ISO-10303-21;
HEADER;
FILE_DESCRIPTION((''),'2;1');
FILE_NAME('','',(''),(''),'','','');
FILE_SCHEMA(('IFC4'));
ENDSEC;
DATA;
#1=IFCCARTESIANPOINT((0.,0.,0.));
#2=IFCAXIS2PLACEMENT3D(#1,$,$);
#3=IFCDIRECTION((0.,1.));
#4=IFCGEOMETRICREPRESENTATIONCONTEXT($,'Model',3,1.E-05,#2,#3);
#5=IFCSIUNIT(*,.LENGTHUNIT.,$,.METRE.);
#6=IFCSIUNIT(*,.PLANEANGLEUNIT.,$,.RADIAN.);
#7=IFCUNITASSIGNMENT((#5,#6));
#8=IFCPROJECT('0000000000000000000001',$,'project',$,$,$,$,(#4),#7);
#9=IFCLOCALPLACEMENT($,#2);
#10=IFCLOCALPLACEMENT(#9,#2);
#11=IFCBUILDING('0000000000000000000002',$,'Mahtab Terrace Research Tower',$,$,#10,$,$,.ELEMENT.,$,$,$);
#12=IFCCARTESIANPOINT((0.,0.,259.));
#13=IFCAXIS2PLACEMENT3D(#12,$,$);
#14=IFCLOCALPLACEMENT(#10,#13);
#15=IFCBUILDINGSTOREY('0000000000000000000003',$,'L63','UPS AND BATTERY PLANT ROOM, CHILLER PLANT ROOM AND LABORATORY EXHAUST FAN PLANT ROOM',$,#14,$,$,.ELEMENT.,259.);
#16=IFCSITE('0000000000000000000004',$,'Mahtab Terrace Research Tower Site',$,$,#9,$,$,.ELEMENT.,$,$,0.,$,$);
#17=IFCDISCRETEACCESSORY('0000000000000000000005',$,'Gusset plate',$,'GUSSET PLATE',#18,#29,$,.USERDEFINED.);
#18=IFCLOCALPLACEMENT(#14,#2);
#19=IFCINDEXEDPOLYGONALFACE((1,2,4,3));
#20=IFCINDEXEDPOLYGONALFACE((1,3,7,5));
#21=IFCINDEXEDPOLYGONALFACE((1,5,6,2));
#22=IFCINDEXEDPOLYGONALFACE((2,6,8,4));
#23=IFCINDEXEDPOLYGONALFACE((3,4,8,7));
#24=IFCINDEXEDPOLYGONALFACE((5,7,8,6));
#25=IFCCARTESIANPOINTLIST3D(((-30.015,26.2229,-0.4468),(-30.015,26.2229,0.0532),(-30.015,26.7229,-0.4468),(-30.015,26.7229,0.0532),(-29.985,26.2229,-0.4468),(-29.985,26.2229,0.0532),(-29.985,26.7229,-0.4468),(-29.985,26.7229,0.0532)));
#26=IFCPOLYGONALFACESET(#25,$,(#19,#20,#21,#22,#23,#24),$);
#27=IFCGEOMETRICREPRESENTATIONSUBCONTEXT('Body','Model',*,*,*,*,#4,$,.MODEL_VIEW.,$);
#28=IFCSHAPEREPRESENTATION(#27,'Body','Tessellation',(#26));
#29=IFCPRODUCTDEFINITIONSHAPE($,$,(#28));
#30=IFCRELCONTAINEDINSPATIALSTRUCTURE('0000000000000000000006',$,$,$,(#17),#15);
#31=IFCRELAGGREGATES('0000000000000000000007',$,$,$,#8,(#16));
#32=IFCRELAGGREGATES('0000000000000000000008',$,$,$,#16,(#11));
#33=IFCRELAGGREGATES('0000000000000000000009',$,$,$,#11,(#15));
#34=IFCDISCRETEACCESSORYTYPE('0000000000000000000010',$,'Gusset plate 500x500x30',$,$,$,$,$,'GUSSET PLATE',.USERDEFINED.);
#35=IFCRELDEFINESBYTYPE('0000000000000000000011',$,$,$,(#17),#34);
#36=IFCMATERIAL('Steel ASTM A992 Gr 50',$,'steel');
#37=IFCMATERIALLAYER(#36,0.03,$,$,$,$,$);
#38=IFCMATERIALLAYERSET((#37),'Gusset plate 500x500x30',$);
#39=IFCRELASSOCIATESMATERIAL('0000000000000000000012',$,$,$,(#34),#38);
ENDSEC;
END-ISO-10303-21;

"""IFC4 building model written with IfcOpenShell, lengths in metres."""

from ifc_helpers import new_model, si_unit, direction, frame, origin, origin_2d, place, context, subcontext, project, spatial, rectangle, extrude, material, layer, layer_set, type_object, element, save


model = new_model("IFC4")

# Units and contexts
model_context = context("Model", 3, precision=1e-05, world=origin(), true_north=direction((0.0, 1.0)))
body_context = subcontext(model_context, "Body", "Model", "MODEL_VIEW")
ifc_project = project(units=[si_unit("LENGTHUNIT", "METRE"), si_unit("PLANEANGLEUNIT", "RADIAN")], contexts=[model_context])

# Site, building, storey
site_placement = place(None, origin())
site = spatial("IfcSite", under=ifc_project, at=site_placement, Name="Mahtab Terrace Research Tower Site", CompositionType="ELEMENT", RefElevation=0.0)
building_placement = place(site_placement, origin())
building = spatial("IfcBuilding", under=site, at=building_placement, Name="Mahtab Terrace Research Tower", CompositionType="ELEMENT")
storey_placement = place(building_placement, frame((0.0, 0.0, 259.0)))
storey = spatial("IfcBuildingStorey", under=building, at=storey_placement, Name="L63", Description="UPS AND BATTERY PLANT ROOM, CHILLER PLANT ROOM AND LABORATORY EXHAUST FAN PLANT ROOM", CompositionType="ELEMENT", Elevation=259.0)

# Shared definitions
ifc_material_1 = material(Name="Steel ASTM A992 Gr 50", Category="steel")

# Discrete accessory
ifc_layer = layer(ifc_material_1, 0.03)
ifc_layer_set = layer_set([ifc_layer], Name="Gusset plate 500x500x30")
discrete_accessory_type_1 = type_object("IfcDiscreteAccessoryType", Name="Gusset plate 500x500x30", ElementType="GUSSET PLATE", PredefinedType="USERDEFINED", material=ifc_layer_set)
for number, where, z_axis, x_axis, name in (
    (1, (-30.0, 26.4729, -0.4468), (0.0, 0.0, 1.0), (0.0, 1.0, 0.0), "Gusset plate"),
):
    element("IfcDiscreteAccessory", number, at=place(storey_placement, frame(where, z_axis=z_axis, x_axis=x_axis)), inside=storey, type_object=discrete_accessory_type_1, Name=name, ObjectType="GUSSET PLATE", PredefinedType="USERDEFINED", context=body_context, shape_type="SweptSolid", body=[
        extrude(rectangle(XDim=0.5, YDim=0.03, at=origin_2d()), origin(), (0.0, 0.0, 1.0), 0.5),
    ])

save(model, "model.ifc")
